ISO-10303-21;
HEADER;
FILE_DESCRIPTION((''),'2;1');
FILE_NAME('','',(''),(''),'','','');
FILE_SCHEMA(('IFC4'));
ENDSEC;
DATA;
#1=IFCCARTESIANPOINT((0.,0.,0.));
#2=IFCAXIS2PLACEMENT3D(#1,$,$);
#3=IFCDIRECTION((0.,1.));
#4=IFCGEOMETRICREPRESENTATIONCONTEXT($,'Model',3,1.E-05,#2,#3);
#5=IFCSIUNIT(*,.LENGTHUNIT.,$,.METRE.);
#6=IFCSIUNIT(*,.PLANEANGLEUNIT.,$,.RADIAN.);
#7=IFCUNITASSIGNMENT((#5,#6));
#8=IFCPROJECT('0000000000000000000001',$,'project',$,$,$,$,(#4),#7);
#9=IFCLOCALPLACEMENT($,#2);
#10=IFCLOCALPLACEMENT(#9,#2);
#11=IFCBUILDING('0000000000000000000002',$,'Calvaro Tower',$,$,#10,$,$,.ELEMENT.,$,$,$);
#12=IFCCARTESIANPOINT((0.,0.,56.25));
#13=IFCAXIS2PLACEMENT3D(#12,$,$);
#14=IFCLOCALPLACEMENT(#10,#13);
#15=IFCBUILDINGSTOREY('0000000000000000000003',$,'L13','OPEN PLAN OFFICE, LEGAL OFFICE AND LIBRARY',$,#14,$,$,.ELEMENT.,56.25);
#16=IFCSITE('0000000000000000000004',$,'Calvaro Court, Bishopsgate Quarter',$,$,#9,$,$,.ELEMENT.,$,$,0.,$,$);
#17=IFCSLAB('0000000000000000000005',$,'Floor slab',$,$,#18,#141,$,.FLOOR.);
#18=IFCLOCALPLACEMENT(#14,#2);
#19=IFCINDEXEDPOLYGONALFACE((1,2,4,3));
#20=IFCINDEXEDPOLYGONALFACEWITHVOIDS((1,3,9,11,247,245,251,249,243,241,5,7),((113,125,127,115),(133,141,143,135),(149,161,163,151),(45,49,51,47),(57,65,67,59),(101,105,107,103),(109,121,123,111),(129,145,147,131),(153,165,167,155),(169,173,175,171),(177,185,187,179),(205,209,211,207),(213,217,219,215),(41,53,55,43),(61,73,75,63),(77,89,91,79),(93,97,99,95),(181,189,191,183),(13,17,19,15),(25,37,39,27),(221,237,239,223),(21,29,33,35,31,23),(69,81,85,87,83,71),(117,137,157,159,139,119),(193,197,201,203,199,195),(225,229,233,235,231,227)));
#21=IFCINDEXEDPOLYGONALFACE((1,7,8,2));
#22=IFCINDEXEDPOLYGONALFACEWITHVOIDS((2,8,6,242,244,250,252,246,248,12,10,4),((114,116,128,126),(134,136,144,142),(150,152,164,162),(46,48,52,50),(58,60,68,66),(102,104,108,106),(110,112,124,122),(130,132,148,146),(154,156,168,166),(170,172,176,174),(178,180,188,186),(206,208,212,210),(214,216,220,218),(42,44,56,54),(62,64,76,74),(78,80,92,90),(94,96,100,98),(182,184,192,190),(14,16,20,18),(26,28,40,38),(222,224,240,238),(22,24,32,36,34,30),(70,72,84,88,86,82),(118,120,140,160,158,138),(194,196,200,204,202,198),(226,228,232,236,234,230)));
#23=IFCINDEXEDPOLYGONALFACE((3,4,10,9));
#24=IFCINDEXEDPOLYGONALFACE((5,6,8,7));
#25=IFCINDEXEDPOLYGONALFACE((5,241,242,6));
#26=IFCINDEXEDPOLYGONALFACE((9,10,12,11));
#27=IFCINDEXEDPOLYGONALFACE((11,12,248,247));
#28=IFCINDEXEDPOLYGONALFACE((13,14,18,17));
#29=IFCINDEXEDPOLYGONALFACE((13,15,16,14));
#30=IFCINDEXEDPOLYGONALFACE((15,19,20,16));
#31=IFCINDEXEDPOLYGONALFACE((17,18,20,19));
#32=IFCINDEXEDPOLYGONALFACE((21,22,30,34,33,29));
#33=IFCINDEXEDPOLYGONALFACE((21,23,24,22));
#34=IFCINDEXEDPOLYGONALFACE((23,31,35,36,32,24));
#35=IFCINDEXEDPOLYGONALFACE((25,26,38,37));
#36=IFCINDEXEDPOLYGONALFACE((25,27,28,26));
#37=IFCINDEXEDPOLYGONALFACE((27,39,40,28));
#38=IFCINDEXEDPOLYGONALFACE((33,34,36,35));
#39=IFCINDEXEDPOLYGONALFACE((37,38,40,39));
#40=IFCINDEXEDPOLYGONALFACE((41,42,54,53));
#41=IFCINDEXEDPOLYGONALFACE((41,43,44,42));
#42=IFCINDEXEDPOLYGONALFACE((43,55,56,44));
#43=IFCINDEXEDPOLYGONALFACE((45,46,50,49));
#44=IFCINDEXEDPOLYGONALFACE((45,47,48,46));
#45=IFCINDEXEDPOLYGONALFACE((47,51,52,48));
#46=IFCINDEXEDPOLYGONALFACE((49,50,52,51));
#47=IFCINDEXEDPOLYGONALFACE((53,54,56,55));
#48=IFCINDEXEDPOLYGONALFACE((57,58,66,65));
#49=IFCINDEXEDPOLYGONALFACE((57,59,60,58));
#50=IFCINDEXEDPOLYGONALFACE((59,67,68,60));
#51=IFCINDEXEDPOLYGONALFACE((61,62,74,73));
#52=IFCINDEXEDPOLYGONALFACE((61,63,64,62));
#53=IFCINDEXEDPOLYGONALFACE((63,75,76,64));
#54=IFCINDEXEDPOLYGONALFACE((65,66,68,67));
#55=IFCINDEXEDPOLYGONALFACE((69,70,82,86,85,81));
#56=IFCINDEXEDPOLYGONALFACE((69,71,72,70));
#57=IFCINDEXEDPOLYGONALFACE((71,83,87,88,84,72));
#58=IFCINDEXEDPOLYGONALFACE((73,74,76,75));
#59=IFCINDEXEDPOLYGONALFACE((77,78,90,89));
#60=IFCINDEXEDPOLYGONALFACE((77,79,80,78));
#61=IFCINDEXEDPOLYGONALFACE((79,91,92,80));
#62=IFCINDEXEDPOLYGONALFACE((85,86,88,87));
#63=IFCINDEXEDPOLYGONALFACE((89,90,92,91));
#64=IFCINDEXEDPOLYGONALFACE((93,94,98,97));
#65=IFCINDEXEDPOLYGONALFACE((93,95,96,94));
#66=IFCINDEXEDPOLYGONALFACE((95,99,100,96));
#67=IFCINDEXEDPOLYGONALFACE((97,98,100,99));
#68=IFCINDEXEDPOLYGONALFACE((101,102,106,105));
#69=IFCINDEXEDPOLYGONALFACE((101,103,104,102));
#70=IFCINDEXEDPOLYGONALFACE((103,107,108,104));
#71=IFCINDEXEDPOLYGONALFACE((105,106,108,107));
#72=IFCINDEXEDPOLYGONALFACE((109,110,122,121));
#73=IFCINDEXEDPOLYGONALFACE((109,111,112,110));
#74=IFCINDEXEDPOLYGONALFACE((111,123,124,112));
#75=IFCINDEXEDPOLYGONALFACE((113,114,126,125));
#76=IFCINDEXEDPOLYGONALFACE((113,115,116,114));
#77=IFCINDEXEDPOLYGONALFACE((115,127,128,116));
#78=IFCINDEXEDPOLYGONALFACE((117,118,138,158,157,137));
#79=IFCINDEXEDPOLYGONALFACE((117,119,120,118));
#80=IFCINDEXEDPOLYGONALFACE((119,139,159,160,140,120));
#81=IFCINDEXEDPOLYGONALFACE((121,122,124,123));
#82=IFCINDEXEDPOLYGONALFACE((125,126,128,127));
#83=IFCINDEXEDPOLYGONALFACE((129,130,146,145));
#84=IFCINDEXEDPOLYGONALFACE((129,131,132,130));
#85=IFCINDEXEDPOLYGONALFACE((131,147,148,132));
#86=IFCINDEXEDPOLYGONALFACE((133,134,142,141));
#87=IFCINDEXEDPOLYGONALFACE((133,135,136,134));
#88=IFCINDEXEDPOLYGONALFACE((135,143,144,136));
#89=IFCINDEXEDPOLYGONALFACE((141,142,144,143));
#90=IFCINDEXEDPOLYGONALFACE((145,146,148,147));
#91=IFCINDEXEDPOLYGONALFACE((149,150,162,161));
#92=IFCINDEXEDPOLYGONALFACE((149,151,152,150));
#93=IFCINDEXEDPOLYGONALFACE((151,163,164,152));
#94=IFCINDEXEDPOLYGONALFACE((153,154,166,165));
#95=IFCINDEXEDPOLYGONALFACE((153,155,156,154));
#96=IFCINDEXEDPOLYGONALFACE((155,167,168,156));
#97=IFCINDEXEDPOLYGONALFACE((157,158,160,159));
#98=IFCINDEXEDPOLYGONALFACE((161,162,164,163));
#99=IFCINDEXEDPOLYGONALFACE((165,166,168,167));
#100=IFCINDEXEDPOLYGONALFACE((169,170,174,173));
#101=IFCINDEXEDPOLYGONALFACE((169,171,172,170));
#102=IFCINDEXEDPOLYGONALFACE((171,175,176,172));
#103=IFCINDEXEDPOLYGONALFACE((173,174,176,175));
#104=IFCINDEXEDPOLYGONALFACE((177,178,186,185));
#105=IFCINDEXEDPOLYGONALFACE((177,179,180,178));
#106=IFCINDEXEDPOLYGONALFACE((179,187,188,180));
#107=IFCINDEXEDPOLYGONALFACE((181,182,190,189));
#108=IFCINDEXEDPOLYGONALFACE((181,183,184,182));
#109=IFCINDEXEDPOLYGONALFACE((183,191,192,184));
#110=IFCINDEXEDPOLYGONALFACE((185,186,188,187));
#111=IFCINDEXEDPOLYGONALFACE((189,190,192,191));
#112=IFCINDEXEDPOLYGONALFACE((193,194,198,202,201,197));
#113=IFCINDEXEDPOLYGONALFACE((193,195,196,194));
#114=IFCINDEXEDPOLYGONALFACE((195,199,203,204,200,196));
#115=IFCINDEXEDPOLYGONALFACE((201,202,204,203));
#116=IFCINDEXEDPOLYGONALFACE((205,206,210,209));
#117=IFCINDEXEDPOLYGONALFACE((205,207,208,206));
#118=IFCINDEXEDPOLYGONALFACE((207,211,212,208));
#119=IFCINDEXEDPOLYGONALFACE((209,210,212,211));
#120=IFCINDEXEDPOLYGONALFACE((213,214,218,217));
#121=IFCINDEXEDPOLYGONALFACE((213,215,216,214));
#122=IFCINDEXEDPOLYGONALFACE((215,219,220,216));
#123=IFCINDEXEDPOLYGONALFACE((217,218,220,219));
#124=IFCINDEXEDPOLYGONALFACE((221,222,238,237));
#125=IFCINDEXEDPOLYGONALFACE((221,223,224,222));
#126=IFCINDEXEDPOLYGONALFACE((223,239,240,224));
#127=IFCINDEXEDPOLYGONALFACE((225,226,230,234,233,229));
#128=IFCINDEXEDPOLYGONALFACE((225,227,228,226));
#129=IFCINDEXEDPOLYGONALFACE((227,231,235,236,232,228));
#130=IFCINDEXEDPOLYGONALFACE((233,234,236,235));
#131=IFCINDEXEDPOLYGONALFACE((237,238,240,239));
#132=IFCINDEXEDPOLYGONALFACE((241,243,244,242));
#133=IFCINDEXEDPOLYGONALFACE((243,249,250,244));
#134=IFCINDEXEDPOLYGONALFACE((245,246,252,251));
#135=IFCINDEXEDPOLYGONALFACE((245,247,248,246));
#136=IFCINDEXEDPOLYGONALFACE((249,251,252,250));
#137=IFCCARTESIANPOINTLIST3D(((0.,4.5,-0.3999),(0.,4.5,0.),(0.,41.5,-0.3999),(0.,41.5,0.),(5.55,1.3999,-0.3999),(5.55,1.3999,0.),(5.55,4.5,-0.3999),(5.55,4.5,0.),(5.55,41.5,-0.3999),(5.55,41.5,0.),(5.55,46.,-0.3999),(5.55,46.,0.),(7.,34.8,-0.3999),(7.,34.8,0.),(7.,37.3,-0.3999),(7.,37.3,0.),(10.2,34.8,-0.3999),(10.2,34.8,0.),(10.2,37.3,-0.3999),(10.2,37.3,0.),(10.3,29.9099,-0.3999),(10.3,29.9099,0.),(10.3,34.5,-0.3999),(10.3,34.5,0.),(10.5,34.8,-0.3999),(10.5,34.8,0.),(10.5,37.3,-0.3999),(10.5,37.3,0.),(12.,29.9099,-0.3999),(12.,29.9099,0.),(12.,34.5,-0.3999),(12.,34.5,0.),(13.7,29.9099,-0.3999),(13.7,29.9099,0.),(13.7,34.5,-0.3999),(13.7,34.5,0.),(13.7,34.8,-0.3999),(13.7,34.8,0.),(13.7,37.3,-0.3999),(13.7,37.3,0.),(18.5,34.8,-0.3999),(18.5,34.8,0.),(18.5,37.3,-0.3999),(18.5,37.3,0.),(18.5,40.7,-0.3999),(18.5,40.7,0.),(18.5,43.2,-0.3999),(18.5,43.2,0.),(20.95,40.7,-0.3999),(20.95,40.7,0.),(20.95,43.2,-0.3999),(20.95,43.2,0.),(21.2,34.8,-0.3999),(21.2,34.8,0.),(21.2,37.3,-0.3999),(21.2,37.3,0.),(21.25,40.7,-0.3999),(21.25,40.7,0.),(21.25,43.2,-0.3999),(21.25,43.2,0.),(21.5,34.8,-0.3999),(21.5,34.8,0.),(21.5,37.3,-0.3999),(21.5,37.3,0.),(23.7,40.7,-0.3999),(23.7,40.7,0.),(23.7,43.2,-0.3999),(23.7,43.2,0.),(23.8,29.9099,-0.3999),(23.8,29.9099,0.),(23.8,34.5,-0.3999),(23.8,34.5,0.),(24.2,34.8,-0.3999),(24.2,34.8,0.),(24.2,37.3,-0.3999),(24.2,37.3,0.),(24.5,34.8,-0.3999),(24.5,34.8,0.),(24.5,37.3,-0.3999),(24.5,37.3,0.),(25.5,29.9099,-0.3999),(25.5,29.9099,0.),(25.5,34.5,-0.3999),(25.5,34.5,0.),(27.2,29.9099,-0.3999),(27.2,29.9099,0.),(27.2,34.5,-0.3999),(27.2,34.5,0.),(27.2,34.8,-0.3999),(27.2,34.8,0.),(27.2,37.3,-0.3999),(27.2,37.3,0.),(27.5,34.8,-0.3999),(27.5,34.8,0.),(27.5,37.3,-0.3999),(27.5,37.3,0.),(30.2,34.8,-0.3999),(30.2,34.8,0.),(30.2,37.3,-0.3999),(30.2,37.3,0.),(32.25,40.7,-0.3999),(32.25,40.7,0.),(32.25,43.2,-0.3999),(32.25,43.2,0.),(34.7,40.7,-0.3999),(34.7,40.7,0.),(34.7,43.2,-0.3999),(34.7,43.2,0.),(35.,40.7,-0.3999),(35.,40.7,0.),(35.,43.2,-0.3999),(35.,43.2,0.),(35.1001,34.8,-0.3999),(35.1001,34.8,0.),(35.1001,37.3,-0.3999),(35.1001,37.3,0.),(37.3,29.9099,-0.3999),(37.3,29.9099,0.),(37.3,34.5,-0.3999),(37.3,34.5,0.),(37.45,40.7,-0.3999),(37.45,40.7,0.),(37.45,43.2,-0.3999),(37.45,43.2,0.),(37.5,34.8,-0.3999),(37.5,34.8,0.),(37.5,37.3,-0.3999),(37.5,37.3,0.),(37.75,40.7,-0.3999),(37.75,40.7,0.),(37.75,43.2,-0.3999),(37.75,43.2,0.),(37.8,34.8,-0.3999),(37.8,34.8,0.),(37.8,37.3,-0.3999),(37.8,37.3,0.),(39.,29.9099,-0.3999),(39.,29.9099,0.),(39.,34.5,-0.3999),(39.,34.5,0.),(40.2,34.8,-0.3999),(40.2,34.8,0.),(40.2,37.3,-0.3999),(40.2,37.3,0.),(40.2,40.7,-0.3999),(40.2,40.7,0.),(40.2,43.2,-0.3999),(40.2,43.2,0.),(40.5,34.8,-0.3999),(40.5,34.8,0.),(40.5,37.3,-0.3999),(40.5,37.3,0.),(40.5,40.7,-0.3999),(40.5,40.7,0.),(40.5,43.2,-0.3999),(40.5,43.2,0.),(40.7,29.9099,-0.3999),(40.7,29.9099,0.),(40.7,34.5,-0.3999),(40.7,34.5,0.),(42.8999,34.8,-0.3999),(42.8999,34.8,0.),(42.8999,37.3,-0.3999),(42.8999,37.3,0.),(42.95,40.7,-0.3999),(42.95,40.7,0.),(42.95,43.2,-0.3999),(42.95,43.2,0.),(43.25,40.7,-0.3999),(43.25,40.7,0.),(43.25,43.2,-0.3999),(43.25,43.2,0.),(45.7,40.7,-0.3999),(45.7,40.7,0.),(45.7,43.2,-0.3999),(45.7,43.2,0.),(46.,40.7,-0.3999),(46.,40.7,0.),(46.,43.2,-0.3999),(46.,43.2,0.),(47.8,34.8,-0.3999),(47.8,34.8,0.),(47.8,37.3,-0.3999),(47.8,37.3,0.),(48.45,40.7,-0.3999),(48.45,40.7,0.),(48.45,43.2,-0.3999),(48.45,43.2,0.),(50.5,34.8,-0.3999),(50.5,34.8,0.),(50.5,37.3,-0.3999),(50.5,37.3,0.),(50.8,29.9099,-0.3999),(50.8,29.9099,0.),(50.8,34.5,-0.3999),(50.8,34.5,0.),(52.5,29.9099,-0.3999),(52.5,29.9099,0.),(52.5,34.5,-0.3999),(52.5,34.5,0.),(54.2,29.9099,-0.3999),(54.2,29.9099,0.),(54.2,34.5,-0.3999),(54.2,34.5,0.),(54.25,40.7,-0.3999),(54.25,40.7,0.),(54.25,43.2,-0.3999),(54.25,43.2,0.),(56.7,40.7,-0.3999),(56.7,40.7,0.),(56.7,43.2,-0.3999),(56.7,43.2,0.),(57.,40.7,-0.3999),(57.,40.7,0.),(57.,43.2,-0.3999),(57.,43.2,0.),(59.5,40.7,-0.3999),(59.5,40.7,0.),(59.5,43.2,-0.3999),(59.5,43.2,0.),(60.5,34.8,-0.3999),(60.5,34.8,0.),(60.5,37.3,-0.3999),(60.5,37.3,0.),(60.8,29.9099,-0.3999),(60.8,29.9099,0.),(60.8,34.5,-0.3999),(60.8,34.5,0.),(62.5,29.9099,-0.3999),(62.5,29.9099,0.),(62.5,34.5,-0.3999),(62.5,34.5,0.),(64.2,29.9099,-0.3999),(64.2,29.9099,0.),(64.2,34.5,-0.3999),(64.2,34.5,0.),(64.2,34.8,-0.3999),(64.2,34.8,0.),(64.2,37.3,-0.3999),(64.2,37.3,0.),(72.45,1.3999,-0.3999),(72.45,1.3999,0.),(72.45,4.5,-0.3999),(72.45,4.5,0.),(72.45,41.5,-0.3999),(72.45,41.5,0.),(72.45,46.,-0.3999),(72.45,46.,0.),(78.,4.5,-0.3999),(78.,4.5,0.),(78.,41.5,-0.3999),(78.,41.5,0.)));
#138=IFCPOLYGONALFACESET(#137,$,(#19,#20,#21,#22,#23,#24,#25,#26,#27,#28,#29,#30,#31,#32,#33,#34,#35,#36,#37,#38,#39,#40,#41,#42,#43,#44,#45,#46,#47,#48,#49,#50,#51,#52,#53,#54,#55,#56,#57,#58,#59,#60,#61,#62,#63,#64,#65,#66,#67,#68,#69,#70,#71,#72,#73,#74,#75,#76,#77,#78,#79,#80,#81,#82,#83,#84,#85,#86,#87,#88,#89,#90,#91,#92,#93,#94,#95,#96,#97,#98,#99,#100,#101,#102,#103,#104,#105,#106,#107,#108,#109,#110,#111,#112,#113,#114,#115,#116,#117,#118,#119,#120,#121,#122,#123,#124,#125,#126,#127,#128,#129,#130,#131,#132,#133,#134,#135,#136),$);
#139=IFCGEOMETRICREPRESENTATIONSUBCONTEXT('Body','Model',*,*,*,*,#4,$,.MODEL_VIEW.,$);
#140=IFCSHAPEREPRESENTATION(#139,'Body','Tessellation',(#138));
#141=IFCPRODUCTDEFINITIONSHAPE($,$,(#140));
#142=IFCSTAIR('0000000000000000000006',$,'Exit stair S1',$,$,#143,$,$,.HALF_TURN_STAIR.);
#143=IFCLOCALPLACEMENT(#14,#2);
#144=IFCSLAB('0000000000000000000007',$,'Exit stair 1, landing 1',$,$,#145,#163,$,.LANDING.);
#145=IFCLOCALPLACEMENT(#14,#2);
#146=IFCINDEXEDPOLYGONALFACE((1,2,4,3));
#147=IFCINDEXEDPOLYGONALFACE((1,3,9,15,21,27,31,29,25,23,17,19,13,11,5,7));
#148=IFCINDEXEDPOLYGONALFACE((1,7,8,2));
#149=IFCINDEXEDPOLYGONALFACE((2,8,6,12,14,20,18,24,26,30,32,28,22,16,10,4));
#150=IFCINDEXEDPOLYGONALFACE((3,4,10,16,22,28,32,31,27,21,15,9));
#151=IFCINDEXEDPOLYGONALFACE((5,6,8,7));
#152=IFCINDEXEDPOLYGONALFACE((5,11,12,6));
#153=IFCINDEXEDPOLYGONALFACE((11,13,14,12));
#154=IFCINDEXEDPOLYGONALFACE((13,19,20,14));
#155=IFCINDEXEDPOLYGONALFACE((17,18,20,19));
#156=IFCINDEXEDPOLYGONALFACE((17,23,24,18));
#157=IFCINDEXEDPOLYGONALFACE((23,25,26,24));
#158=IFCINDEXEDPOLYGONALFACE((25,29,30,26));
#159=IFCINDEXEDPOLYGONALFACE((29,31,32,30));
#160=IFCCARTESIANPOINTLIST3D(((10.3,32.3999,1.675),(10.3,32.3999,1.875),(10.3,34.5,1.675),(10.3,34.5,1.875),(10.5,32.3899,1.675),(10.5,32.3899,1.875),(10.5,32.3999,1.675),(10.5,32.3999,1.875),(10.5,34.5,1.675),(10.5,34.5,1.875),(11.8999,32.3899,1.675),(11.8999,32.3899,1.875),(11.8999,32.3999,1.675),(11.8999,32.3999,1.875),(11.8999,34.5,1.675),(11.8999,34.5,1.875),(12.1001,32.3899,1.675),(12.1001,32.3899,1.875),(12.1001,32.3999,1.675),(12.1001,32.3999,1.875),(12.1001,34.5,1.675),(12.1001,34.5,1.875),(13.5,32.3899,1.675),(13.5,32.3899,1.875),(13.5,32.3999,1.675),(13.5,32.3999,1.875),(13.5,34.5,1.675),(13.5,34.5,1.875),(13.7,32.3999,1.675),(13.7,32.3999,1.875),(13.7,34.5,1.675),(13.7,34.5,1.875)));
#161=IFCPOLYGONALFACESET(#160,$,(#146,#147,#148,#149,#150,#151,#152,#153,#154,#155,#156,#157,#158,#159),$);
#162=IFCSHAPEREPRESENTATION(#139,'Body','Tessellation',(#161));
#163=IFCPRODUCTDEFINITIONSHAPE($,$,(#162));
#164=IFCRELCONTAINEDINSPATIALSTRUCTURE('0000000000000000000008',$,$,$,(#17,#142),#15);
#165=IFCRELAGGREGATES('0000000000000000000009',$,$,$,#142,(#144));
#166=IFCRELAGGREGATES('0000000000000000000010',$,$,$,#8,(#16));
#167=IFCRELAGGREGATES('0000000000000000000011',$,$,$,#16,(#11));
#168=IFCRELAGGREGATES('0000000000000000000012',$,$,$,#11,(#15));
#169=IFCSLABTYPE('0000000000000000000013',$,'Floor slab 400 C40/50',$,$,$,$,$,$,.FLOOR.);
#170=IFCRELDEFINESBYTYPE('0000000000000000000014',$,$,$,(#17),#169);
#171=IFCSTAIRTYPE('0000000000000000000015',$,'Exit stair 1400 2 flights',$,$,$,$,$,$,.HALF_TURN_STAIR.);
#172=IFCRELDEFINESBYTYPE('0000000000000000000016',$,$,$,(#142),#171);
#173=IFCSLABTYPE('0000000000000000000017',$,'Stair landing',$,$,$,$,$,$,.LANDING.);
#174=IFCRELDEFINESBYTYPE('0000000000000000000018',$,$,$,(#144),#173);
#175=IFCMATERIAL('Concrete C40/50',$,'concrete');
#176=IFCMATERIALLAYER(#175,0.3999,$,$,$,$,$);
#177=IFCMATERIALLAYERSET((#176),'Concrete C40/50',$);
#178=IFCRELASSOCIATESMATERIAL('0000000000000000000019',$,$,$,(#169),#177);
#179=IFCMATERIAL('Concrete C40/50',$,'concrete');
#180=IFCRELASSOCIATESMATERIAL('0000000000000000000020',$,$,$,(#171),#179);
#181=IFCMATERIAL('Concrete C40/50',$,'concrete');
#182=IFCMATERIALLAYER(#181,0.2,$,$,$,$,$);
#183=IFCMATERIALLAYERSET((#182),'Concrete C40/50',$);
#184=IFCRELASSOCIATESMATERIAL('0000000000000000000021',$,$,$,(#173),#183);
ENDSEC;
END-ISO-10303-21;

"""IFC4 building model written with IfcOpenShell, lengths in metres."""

from ifc_helpers import new_model, si_unit, direction, frame, origin, place, context, subcontext, project, spatial, polyline, outline, extrude, material, layer, layer_set, type_object, element, aggregate, save


model = new_model("IFC4")

# Units and contexts
model_context = context("Model", 3, precision=1e-05, world=origin(), true_north=direction((0.0, 1.0)))
body_context = subcontext(model_context, "Body", "Model", "MODEL_VIEW")
ifc_project = project(units=[si_unit("LENGTHUNIT", "METRE"), si_unit("PLANEANGLEUNIT", "RADIAN")], contexts=[model_context])

# Site, building, storey
site_placement = place(None, origin())
site = spatial("IfcSite", under=ifc_project, at=site_placement, Name="Calvaro Court, Bishopsgate Quarter", CompositionType="ELEMENT", RefElevation=0.0)
building_placement = place(site_placement, origin())
building = spatial("IfcBuilding", under=site, at=building_placement, Name="Calvaro Tower", CompositionType="ELEMENT")
storey_placement = place(building_placement, frame((0.0, 0.0, 56.25)))
storey = spatial("IfcBuildingStorey", under=building, at=storey_placement, Name="L13", Description="OPEN PLAN OFFICE, LEGAL OFFICE AND LIBRARY", CompositionType="ELEMENT", Elevation=56.25)

# Slab
ifc_material_1 = material(Name="Concrete C40/50", Category="concrete")
ifc_layer_1 = layer(ifc_material_1, 0.3999)
ifc_layer_set_1 = layer_set([ifc_layer_1], Name="Concrete C40/50")
slab_type_1 = type_object("IfcSlabType", Name="Floor slab 400 C40/50", PredefinedType="FLOOR", material=ifc_layer_set_1)
slab_1_placement = place(storey_placement, frame((0.0, 0.0, -0.3999)))
element("IfcSlab", 1, at=slab_1_placement, inside=storey, type_object=slab_type_1, Name="Floor slab", PredefinedType="FLOOR", context=body_context, shape_type="SweptSolid", body=[
    extrude(outline(polyline([(72.45, 4.5), (72.45, 1.3999), (5.55, 1.3999), (5.55, 4.5), (0.0, 4.5), (0.0, 41.5), (5.55, 41.5), (5.55, 46.0), (72.45, 46.0), (72.45, 41.5), (78.0, 41.5), (78.0, 4.5), (72.45, 4.5)]), holes=[polyline([(10.3, 29.9099), (10.3, 34.5), (12.0, 34.5), (13.7, 34.5), (13.7, 29.9099), (12.0, 29.9099), (10.3, 29.9099)]), polyline([(23.8, 29.9099), (23.8, 34.5), (25.5, 34.5), (27.2, 34.5), (27.2, 29.9099), (25.5, 29.9099), (23.8, 29.9099)]), polyline([(37.3, 29.9099), (37.3, 34.5), (39.0, 34.5), (40.7, 34.5), (40.7, 29.9099), (39.0, 29.9099), (37.3, 29.9099)]), polyline([(50.8, 29.9099), (50.8, 34.5), (52.5, 34.5), (54.2, 34.5), (54.2, 29.9099), (52.5, 29.9099), (50.8, 29.9099)]), polyline([(60.8, 29.9099), (60.8, 34.5), (62.5, 34.5), (64.2, 34.5), (64.2, 29.9099), (62.5, 29.9099), (60.8, 29.9099)]), polyline([(18.5, 34.8), (21.2, 34.8), (21.2, 37.3), (18.5, 37.3), (18.5, 34.8)]), polyline([(21.5, 34.8), (24.2, 34.8), (24.2, 37.3), (21.5, 37.3), (21.5, 34.8)]), polyline([(24.5, 34.8), (27.2, 34.8), (27.2, 37.3), (24.5, 37.3), (24.5, 34.8)]), polyline([(35.1001, 34.8), (37.5, 34.8), (37.5, 37.3), (35.1001, 37.3), (35.1001, 34.8)]), polyline([(37.8, 34.8), (40.2, 34.8), (40.2, 37.3), (37.8, 37.3), (37.8, 34.8)]), polyline([(40.5, 34.8), (42.8999, 34.8), (42.8999, 37.3), (40.5, 37.3), (40.5, 34.8)]), polyline([(18.5, 40.7), (20.95, 40.7), (20.95, 43.2), (18.5, 43.2), (18.5, 40.7)]), polyline([(21.25, 40.7), (23.7, 40.7), (23.7, 43.2), (21.25, 43.2), (21.25, 40.7)]), polyline([(32.25, 40.7), (34.7, 40.7), (34.7, 43.2), (32.25, 43.2), (32.25, 40.7)]), polyline([(35.0, 40.7), (37.45, 40.7), (37.45, 43.2), (35.0, 43.2), (35.0, 40.7)]), polyline([(37.75, 40.7), (40.2, 40.7), (40.2, 43.2), (37.75, 43.2), (37.75, 40.7)]), polyline([(40.5, 40.7), (42.95, 40.7), (42.95, 43.2), (40.5, 43.2), (40.5, 40.7)]), polyline([(43.25, 40.7), (45.7, 40.7), (45.7, 43.2), (43.25, 43.2), (43.25, 40.7)]), polyline([(46.0, 40.7), (48.45, 40.7), (48.45, 43.2), (46.0, 43.2), (46.0, 40.7)]), polyline([(54.25, 40.7), (56.7, 40.7), (56.7, 43.2), (54.25, 43.2), (54.25, 40.7)]), polyline([(57.0, 40.7), (59.5, 40.7), (59.5, 43.2), (57.0, 43.2), (57.0, 40.7)]), polyline([(7.0, 34.8), (10.2, 34.8), (10.2, 37.3), (7.0, 37.3), (7.0, 34.8)]), polyline([(10.5, 34.8), (13.7, 34.8), (13.7, 37.3), (10.5, 37.3), (10.5, 34.8)]), polyline([(60.5, 34.8), (64.2, 34.8), (64.2, 37.3), (60.5, 37.3), (60.5, 34.8)]), polyline([(27.5, 34.8), (30.2, 34.8), (30.2, 37.3), (27.5, 37.3), (27.5, 34.8)]), polyline([(47.8, 34.8), (50.5, 34.8), (50.5, 37.3), (47.8, 37.3), (47.8, 34.8)])]), origin(), (0.0, 0.0, 1.0), 0.3999),
])

# Stair, slab
ifc_material_2 = material(Name="Concrete C40/50", Category="concrete")
stair_type = type_object("IfcStairType", Name="Exit stair 1400 2 flights", PredefinedType="HALF_TURN_STAIR", material=ifc_material_2)
stair_1_placement = place(storey_placement, origin())
stair_1 = element("IfcStair", 2, at=stair_1_placement, inside=storey, type_object=stair_type, Name="Exit stair S1", PredefinedType="HALF_TURN_STAIR")
ifc_material_3 = material(Name="Concrete C40/50", Category="concrete")
ifc_layer_2 = layer(ifc_material_3, 0.2)
ifc_layer_set_2 = layer_set([ifc_layer_2], Name="Concrete C40/50")
slab_type_2 = type_object("IfcSlabType", Name="Stair landing", PredefinedType="LANDING", material=ifc_layer_set_2)
slab_2_placement = place(storey_placement, frame((0.0, 0.0, 1.675)))
slab_2 = element("IfcSlab", 3, at=slab_2_placement, type_object=slab_type_2, Name="Exit stair 1, landing 1", PredefinedType="LANDING", context=body_context, shape_type="SweptSolid", body=[
    extrude(outline(polyline([(11.8999, 32.3899), (10.5, 32.3899), (10.5, 32.3999), (10.3, 32.3999), (10.3, 34.5), (10.5, 34.5), (11.8999, 34.5), (12.1001, 34.5), (13.5, 34.5), (13.7, 34.5), (13.7, 32.3999), (13.5, 32.3999), (13.5, 32.3899), (12.1001, 32.3899), (12.1001, 32.3999), (11.8999, 32.3999), (11.8999, 32.3899)])), origin(), (0.0, 0.0, 1.0), 0.2),
])
aggregate(stair_1, [slab_2])

save(model, "model.ifc")
